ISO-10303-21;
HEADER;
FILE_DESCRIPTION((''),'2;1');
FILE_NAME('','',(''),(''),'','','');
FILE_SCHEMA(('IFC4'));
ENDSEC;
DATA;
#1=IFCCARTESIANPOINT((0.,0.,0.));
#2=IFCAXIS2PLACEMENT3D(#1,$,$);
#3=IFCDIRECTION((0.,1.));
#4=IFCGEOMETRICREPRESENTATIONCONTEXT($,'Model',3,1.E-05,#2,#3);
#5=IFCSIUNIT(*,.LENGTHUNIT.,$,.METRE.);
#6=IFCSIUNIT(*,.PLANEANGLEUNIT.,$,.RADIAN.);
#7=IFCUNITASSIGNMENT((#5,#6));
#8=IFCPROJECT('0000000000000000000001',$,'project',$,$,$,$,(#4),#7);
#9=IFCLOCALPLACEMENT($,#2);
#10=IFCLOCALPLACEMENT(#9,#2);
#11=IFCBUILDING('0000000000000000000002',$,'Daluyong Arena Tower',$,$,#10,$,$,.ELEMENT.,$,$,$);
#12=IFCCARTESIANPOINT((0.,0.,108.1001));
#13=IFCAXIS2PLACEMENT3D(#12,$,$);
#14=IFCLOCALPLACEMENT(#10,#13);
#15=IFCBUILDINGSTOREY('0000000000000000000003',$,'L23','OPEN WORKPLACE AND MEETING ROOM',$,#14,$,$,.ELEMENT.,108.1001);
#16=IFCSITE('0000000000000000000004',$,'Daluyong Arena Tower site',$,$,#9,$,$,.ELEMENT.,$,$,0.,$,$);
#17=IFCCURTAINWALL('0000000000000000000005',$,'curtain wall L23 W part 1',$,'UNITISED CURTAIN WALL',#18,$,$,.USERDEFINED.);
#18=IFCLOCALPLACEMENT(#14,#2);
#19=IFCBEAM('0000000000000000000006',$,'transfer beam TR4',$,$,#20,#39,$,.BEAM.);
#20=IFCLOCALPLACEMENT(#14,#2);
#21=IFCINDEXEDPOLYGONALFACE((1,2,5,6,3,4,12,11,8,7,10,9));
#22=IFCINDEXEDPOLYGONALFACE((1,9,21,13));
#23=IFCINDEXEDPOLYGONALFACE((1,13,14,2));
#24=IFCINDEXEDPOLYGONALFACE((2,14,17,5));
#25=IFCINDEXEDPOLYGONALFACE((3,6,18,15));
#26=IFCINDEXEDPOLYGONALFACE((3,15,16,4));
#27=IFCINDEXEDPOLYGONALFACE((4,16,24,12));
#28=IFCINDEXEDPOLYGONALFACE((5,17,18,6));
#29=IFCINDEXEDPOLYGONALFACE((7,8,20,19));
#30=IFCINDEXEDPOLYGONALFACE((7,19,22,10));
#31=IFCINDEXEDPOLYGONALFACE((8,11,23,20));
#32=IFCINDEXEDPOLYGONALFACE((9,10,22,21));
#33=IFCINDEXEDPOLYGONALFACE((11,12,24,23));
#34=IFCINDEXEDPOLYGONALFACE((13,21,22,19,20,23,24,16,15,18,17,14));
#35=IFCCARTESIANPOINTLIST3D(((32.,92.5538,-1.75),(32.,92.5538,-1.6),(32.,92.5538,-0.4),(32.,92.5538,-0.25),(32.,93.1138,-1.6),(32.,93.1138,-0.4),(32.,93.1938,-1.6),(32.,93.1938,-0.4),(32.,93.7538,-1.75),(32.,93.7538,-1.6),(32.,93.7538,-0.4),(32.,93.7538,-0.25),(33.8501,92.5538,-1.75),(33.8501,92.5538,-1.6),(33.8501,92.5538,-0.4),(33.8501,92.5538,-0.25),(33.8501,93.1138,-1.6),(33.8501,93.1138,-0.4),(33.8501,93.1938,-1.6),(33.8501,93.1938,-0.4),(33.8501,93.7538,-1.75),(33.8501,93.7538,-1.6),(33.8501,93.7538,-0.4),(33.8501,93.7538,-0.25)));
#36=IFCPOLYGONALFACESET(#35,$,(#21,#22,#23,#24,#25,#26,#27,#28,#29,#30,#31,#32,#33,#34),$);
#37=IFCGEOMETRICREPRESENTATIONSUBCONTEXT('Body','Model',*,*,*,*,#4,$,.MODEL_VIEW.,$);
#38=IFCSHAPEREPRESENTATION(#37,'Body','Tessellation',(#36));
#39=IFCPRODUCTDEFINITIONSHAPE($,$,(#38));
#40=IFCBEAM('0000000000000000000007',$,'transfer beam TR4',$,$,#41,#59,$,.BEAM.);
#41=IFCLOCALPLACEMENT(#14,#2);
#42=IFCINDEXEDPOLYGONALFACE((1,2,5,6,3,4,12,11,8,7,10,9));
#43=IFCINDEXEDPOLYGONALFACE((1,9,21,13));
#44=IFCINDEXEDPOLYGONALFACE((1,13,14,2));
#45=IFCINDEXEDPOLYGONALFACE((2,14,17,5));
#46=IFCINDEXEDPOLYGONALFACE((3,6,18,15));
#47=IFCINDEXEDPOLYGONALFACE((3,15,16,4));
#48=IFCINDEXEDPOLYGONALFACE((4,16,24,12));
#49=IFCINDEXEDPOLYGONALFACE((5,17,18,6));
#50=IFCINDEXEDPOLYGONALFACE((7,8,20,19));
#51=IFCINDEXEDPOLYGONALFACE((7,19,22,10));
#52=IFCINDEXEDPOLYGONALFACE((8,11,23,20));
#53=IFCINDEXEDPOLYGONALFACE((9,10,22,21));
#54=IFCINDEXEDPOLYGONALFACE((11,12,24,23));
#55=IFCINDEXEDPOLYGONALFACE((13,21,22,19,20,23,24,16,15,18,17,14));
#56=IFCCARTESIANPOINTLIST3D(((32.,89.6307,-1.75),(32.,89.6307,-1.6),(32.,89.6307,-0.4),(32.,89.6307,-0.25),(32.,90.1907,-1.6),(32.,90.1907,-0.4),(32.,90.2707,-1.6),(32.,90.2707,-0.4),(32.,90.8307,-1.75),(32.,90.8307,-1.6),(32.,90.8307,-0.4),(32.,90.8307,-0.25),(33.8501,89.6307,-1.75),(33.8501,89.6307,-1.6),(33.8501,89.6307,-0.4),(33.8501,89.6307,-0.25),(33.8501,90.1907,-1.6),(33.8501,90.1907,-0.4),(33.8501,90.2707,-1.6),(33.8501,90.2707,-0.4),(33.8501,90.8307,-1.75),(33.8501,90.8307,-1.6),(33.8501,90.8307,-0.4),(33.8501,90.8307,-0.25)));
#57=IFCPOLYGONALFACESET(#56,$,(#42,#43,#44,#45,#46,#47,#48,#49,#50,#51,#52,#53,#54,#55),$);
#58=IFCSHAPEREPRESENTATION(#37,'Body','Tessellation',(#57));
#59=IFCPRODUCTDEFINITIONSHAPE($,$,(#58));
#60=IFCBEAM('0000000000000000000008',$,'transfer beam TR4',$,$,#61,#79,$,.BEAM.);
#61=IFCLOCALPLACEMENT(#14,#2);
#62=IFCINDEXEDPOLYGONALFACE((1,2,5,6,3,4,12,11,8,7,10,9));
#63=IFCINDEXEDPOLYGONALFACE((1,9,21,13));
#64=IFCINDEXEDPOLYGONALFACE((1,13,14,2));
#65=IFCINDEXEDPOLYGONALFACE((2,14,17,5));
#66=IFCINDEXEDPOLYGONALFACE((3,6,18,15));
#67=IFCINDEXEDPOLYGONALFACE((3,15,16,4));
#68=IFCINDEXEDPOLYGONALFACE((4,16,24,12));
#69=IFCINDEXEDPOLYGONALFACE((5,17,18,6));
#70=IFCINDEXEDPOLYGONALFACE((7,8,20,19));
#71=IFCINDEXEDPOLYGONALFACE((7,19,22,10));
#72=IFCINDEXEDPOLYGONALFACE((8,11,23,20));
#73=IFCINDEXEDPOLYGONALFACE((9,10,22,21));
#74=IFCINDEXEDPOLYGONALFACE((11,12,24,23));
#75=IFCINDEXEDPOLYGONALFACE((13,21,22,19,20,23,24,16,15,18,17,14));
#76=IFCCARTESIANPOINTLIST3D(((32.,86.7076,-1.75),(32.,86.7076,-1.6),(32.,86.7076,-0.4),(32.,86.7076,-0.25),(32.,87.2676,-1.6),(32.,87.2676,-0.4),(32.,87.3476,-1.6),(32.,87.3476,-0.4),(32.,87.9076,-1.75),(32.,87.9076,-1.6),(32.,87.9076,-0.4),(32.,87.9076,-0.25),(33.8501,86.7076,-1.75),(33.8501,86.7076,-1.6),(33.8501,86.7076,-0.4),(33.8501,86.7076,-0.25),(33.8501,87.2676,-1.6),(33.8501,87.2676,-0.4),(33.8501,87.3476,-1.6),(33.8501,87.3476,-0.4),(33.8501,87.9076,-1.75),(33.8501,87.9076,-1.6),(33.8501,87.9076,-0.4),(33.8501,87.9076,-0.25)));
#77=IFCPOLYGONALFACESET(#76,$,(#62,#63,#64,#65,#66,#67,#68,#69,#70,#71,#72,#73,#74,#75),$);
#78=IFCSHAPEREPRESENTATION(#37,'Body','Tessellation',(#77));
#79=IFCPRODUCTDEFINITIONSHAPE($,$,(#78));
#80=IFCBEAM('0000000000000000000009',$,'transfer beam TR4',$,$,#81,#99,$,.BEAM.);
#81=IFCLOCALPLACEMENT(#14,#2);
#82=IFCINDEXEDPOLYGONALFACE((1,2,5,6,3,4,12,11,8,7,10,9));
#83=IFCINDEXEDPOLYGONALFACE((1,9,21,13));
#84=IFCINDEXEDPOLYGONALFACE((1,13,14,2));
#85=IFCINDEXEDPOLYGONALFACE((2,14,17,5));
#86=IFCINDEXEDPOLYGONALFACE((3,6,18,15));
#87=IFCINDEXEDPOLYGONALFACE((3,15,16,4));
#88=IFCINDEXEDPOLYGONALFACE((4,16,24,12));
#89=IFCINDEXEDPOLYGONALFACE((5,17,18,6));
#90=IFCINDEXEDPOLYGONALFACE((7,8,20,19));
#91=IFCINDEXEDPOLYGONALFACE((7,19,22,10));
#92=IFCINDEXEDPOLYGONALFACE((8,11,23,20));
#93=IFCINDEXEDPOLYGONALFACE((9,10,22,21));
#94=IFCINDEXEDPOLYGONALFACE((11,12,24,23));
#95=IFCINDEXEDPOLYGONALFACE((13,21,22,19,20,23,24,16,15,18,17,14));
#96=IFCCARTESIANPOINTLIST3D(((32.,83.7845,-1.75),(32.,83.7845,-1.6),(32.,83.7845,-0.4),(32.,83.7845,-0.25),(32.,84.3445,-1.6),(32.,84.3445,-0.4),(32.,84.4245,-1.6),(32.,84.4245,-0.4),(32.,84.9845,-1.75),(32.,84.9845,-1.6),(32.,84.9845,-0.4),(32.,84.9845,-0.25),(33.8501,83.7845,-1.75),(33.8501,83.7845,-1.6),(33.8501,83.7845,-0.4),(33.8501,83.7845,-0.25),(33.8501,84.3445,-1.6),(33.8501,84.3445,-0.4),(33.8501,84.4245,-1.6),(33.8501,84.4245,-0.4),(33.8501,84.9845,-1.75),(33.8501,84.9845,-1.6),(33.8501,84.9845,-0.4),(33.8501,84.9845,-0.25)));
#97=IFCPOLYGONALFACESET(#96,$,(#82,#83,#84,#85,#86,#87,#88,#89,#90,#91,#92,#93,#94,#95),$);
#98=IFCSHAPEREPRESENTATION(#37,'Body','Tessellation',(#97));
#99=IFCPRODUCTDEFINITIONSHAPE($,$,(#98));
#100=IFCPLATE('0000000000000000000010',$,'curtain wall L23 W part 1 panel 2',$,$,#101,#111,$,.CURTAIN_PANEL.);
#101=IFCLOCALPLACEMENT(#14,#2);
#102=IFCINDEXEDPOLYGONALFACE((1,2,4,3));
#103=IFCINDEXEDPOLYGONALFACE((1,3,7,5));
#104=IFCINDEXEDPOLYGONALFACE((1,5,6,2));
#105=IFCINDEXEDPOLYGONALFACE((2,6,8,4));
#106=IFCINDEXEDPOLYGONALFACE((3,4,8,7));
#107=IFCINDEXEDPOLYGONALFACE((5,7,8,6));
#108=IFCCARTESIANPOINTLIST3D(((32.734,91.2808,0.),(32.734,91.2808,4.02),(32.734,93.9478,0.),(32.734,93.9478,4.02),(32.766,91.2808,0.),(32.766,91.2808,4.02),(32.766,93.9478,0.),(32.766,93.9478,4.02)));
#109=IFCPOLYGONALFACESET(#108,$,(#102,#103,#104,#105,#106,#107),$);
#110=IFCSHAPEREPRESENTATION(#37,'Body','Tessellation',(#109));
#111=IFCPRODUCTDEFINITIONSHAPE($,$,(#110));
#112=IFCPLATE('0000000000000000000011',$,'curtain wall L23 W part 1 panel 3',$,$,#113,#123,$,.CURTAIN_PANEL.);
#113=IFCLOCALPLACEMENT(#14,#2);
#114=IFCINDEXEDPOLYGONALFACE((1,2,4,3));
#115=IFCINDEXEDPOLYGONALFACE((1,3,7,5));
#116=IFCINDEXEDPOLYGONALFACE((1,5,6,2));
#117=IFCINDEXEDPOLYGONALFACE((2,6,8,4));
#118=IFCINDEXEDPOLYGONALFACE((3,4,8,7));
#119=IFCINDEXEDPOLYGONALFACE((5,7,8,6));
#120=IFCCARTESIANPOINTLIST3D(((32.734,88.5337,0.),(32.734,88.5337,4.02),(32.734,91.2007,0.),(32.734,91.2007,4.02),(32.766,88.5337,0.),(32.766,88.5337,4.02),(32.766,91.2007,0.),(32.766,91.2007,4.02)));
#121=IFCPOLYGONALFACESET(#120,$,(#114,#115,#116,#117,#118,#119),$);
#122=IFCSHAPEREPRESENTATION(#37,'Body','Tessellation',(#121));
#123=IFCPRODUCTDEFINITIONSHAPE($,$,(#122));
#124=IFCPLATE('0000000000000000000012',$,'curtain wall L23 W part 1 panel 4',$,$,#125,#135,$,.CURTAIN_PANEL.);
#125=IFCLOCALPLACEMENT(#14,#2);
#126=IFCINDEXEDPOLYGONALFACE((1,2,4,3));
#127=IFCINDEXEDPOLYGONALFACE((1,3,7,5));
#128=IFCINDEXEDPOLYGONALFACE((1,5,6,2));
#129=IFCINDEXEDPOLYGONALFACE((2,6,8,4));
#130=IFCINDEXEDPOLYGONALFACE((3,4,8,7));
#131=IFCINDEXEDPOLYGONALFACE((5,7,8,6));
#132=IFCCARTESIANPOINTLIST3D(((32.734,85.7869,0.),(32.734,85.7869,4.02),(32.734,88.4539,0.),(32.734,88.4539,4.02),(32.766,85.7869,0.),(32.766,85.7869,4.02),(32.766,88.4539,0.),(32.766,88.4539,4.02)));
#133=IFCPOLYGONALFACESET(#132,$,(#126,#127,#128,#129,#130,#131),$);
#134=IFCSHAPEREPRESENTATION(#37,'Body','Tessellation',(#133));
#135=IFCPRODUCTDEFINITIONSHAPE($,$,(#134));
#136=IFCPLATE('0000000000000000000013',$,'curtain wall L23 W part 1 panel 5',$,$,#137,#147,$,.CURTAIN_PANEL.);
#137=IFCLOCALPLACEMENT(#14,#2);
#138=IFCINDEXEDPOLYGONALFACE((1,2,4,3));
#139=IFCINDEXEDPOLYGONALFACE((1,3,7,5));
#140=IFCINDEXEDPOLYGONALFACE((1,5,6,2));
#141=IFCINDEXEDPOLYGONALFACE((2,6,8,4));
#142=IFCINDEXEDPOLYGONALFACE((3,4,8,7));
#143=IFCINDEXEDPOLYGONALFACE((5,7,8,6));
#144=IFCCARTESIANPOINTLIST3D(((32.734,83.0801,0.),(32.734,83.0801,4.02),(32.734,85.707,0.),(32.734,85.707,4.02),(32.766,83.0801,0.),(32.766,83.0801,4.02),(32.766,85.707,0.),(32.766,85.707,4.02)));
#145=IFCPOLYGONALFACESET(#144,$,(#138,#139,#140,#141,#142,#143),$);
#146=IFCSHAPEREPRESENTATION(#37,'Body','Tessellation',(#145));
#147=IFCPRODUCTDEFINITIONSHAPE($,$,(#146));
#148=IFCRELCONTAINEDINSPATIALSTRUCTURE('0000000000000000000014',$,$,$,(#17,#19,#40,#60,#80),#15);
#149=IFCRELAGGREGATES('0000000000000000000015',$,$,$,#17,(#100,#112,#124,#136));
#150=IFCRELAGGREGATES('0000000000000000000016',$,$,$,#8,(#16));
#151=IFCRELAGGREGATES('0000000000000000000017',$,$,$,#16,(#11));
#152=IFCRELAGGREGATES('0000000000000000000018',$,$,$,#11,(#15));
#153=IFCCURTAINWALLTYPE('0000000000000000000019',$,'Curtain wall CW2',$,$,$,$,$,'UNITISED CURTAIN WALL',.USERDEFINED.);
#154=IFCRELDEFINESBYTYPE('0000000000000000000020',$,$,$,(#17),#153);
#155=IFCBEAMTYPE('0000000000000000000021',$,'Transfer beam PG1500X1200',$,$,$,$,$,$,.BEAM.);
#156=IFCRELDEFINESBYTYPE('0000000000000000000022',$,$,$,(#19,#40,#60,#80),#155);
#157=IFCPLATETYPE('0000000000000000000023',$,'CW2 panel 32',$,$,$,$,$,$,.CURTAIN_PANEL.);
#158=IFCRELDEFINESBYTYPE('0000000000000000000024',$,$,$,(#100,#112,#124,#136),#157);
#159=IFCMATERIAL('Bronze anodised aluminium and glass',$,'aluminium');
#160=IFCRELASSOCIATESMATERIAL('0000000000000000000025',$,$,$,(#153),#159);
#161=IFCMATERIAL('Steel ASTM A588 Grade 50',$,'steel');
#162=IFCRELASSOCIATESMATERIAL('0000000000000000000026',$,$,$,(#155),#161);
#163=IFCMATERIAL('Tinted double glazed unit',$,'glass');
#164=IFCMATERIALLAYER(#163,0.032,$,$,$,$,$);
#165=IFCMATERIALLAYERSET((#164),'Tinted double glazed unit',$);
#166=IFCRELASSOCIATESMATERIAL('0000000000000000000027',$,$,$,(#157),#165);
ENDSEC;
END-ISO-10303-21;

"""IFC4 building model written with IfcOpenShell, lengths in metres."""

from ifc_helpers import new_model, si_unit, direction, frame, origin, origin_2d, place, context, subcontext, project, spatial, rectangle, i_section, extrude, material, layer, layer_set, material_profile, profile_set, type_object, element, aggregate, save


model = new_model("IFC4")

# Units and contexts
model_context = context("Model", 3, precision=1e-05, world=origin(), true_north=direction((0.0, 1.0)))
body_context = subcontext(model_context, "Body", "Model", "MODEL_VIEW")
ifc_project = project(units=[si_unit("LENGTHUNIT", "METRE"), si_unit("PLANEANGLEUNIT", "RADIAN")], contexts=[model_context])

# Site, building, storey
site_placement = place(None, origin())
site = spatial("IfcSite", under=ifc_project, at=site_placement, Name="Daluyong Arena Tower site", CompositionType="ELEMENT", RefElevation=0.0)
building_placement = place(site_placement, origin())
building = spatial("IfcBuilding", under=site, at=building_placement, Name="Daluyong Arena Tower", CompositionType="ELEMENT")
storey_placement = place(building_placement, frame((0.0, 0.0, 108.1001)))
storey = spatial("IfcBuildingStorey", under=building, at=storey_placement, Name="L23", Description="OPEN WORKPLACE AND MEETING ROOM", CompositionType="ELEMENT", Elevation=108.1001)

# Curtain wall
ifc_material_1 = material(Name="Bronze anodised aluminium and glass", Category="aluminium")
curtain_wall_type = type_object("IfcCurtainWallType", Name="Curtain wall CW2", ElementType="UNITISED CURTAIN WALL", PredefinedType="USERDEFINED", material=ifc_material_1)
curtain_wall_placement = place(storey_placement, origin())
curtain_wall = element("IfcCurtainWall", 1, at=curtain_wall_placement, inside=storey, type_object=curtain_wall_type, Name="curtain wall L23 W part 1", ObjectType="UNITISED CURTAIN WALL", PredefinedType="USERDEFINED")

# Beams
ifc_material_2 = material(Name="Steel ASTM A588 Grade 50", Category="steel")
ifc_material_profile_1 = material_profile(ifc_material_2, i_section(OverallWidth=1.2, OverallDepth=1.5, WebThickness=0.08, FlangeThickness=0.15, at=origin_2d()))
ifc_profile_set_1 = profile_set([ifc_material_profile_1], Name="Steel ASTM A588 Grade 50")
beam_type_1 = type_object("IfcBeamType", Name="Transfer beam PG1500X1200", PredefinedType="BEAM", material=ifc_profile_set_1)
for number, where, z_axis, x_axis, name in (
    (2, (32.0, 93.1538, -1.0), (1.0, 0.0, 0.0), (0.0, 1.0, 0.0), "transfer beam TR4"),
    (3, (32.0, 90.2307, -1.0), (1.0, 0.0, 0.0), (0.0, 1.0, 0.0), "transfer beam TR4"),
    (4, (32.0, 87.3076, -1.0), (1.0, 0.0, 0.0), (0.0, 1.0, 0.0), "transfer beam TR4"),
    (5, (32.0, 84.3845, -1.0), (1.0, 0.0, 0.0), (0.0, 1.0, 0.0), "transfer beam TR4"),
):
    element("IfcBeam", number, at=place(storey_placement, frame(where, z_axis=z_axis, x_axis=x_axis)), inside=storey, type_object=beam_type_1, Name=name, PredefinedType="BEAM", context=body_context, shape_type="SweptSolid", body=[
        extrude(i_section(OverallWidth=1.2, OverallDepth=1.5, WebThickness=0.08, FlangeThickness=0.15, at=origin_2d()), origin(), (0.0, 0.0, 1.0), 1.8501),
    ])

# Plates
ifc_material_3 = material(Name="Tinted double glazed unit", Category="glass")
ifc_layer = layer(ifc_material_3, 0.032)
ifc_layer_set = layer_set([ifc_layer], Name="Tinted double glazed unit")
plate_type = type_object("IfcPlateType", Name="CW2 panel 32", PredefinedType="CURTAIN_PANEL", material=ifc_layer_set)
plate_1_placement = place(storey_placement, frame((32.75, 92.6143, 0.0), z_axis=(0.0, 0.0, 1.0), x_axis=(0.0, -1.0, 0.0)))
plate_1 = element("IfcPlate", 6, at=plate_1_placement, type_object=plate_type, Name="curtain wall L23 W part 1 panel 2", PredefinedType="CURTAIN_PANEL", context=body_context, shape_type="SweptSolid", body=[
    extrude(rectangle(XDim=2.667, YDim=0.032, at=origin_2d()), origin(), (0.0, 0.0, 1.0), 4.02),
])
plate_2_placement = place(storey_placement, frame((32.75, 89.8672, 0.0), z_axis=(0.0, 0.0, 1.0), x_axis=(0.0, -1.0, 0.0)))
plate_2 = element("IfcPlate", 7, at=plate_2_placement, type_object=plate_type, Name="curtain wall L23 W part 1 panel 3", PredefinedType="CURTAIN_PANEL", context=body_context, shape_type="SweptSolid", body=[
    extrude(rectangle(XDim=2.667, YDim=0.032, at=origin_2d()), origin(), (0.0, 0.0, 1.0), 4.02),
])
plate_3_placement = place(storey_placement, frame((32.75, 87.1204, 0.0), z_axis=(0.0, 0.0, 1.0), x_axis=(0.0, -1.0, 0.0)))
plate_3 = element("IfcPlate", 8, at=plate_3_placement, type_object=plate_type, Name="curtain wall L23 W part 1 panel 4", PredefinedType="CURTAIN_PANEL", context=body_context, shape_type="SweptSolid", body=[
    extrude(rectangle(XDim=2.667, YDim=0.032, at=origin_2d()), origin(), (0.0, 0.0, 1.0), 4.02),
])
plate_4_placement = place(storey_placement, frame((32.75, 84.3936, 0.0), z_axis=(0.0, 0.0, 1.0), x_axis=(0.0, -1.0, 0.0)))
plate_4 = element("IfcPlate", 9, at=plate_4_placement, type_object=plate_type, Name="curtain wall L23 W part 1 panel 5", PredefinedType="CURTAIN_PANEL", context=body_context, shape_type="SweptSolid", body=[
    extrude(rectangle(XDim=2.627, YDim=0.032, at=origin_2d()), origin(), (0.0, 0.0, 1.0), 4.02),
])
aggregate(curtain_wall, [plate_1, plate_2, plate_3, plate_4])

save(model, "model.ifc")
